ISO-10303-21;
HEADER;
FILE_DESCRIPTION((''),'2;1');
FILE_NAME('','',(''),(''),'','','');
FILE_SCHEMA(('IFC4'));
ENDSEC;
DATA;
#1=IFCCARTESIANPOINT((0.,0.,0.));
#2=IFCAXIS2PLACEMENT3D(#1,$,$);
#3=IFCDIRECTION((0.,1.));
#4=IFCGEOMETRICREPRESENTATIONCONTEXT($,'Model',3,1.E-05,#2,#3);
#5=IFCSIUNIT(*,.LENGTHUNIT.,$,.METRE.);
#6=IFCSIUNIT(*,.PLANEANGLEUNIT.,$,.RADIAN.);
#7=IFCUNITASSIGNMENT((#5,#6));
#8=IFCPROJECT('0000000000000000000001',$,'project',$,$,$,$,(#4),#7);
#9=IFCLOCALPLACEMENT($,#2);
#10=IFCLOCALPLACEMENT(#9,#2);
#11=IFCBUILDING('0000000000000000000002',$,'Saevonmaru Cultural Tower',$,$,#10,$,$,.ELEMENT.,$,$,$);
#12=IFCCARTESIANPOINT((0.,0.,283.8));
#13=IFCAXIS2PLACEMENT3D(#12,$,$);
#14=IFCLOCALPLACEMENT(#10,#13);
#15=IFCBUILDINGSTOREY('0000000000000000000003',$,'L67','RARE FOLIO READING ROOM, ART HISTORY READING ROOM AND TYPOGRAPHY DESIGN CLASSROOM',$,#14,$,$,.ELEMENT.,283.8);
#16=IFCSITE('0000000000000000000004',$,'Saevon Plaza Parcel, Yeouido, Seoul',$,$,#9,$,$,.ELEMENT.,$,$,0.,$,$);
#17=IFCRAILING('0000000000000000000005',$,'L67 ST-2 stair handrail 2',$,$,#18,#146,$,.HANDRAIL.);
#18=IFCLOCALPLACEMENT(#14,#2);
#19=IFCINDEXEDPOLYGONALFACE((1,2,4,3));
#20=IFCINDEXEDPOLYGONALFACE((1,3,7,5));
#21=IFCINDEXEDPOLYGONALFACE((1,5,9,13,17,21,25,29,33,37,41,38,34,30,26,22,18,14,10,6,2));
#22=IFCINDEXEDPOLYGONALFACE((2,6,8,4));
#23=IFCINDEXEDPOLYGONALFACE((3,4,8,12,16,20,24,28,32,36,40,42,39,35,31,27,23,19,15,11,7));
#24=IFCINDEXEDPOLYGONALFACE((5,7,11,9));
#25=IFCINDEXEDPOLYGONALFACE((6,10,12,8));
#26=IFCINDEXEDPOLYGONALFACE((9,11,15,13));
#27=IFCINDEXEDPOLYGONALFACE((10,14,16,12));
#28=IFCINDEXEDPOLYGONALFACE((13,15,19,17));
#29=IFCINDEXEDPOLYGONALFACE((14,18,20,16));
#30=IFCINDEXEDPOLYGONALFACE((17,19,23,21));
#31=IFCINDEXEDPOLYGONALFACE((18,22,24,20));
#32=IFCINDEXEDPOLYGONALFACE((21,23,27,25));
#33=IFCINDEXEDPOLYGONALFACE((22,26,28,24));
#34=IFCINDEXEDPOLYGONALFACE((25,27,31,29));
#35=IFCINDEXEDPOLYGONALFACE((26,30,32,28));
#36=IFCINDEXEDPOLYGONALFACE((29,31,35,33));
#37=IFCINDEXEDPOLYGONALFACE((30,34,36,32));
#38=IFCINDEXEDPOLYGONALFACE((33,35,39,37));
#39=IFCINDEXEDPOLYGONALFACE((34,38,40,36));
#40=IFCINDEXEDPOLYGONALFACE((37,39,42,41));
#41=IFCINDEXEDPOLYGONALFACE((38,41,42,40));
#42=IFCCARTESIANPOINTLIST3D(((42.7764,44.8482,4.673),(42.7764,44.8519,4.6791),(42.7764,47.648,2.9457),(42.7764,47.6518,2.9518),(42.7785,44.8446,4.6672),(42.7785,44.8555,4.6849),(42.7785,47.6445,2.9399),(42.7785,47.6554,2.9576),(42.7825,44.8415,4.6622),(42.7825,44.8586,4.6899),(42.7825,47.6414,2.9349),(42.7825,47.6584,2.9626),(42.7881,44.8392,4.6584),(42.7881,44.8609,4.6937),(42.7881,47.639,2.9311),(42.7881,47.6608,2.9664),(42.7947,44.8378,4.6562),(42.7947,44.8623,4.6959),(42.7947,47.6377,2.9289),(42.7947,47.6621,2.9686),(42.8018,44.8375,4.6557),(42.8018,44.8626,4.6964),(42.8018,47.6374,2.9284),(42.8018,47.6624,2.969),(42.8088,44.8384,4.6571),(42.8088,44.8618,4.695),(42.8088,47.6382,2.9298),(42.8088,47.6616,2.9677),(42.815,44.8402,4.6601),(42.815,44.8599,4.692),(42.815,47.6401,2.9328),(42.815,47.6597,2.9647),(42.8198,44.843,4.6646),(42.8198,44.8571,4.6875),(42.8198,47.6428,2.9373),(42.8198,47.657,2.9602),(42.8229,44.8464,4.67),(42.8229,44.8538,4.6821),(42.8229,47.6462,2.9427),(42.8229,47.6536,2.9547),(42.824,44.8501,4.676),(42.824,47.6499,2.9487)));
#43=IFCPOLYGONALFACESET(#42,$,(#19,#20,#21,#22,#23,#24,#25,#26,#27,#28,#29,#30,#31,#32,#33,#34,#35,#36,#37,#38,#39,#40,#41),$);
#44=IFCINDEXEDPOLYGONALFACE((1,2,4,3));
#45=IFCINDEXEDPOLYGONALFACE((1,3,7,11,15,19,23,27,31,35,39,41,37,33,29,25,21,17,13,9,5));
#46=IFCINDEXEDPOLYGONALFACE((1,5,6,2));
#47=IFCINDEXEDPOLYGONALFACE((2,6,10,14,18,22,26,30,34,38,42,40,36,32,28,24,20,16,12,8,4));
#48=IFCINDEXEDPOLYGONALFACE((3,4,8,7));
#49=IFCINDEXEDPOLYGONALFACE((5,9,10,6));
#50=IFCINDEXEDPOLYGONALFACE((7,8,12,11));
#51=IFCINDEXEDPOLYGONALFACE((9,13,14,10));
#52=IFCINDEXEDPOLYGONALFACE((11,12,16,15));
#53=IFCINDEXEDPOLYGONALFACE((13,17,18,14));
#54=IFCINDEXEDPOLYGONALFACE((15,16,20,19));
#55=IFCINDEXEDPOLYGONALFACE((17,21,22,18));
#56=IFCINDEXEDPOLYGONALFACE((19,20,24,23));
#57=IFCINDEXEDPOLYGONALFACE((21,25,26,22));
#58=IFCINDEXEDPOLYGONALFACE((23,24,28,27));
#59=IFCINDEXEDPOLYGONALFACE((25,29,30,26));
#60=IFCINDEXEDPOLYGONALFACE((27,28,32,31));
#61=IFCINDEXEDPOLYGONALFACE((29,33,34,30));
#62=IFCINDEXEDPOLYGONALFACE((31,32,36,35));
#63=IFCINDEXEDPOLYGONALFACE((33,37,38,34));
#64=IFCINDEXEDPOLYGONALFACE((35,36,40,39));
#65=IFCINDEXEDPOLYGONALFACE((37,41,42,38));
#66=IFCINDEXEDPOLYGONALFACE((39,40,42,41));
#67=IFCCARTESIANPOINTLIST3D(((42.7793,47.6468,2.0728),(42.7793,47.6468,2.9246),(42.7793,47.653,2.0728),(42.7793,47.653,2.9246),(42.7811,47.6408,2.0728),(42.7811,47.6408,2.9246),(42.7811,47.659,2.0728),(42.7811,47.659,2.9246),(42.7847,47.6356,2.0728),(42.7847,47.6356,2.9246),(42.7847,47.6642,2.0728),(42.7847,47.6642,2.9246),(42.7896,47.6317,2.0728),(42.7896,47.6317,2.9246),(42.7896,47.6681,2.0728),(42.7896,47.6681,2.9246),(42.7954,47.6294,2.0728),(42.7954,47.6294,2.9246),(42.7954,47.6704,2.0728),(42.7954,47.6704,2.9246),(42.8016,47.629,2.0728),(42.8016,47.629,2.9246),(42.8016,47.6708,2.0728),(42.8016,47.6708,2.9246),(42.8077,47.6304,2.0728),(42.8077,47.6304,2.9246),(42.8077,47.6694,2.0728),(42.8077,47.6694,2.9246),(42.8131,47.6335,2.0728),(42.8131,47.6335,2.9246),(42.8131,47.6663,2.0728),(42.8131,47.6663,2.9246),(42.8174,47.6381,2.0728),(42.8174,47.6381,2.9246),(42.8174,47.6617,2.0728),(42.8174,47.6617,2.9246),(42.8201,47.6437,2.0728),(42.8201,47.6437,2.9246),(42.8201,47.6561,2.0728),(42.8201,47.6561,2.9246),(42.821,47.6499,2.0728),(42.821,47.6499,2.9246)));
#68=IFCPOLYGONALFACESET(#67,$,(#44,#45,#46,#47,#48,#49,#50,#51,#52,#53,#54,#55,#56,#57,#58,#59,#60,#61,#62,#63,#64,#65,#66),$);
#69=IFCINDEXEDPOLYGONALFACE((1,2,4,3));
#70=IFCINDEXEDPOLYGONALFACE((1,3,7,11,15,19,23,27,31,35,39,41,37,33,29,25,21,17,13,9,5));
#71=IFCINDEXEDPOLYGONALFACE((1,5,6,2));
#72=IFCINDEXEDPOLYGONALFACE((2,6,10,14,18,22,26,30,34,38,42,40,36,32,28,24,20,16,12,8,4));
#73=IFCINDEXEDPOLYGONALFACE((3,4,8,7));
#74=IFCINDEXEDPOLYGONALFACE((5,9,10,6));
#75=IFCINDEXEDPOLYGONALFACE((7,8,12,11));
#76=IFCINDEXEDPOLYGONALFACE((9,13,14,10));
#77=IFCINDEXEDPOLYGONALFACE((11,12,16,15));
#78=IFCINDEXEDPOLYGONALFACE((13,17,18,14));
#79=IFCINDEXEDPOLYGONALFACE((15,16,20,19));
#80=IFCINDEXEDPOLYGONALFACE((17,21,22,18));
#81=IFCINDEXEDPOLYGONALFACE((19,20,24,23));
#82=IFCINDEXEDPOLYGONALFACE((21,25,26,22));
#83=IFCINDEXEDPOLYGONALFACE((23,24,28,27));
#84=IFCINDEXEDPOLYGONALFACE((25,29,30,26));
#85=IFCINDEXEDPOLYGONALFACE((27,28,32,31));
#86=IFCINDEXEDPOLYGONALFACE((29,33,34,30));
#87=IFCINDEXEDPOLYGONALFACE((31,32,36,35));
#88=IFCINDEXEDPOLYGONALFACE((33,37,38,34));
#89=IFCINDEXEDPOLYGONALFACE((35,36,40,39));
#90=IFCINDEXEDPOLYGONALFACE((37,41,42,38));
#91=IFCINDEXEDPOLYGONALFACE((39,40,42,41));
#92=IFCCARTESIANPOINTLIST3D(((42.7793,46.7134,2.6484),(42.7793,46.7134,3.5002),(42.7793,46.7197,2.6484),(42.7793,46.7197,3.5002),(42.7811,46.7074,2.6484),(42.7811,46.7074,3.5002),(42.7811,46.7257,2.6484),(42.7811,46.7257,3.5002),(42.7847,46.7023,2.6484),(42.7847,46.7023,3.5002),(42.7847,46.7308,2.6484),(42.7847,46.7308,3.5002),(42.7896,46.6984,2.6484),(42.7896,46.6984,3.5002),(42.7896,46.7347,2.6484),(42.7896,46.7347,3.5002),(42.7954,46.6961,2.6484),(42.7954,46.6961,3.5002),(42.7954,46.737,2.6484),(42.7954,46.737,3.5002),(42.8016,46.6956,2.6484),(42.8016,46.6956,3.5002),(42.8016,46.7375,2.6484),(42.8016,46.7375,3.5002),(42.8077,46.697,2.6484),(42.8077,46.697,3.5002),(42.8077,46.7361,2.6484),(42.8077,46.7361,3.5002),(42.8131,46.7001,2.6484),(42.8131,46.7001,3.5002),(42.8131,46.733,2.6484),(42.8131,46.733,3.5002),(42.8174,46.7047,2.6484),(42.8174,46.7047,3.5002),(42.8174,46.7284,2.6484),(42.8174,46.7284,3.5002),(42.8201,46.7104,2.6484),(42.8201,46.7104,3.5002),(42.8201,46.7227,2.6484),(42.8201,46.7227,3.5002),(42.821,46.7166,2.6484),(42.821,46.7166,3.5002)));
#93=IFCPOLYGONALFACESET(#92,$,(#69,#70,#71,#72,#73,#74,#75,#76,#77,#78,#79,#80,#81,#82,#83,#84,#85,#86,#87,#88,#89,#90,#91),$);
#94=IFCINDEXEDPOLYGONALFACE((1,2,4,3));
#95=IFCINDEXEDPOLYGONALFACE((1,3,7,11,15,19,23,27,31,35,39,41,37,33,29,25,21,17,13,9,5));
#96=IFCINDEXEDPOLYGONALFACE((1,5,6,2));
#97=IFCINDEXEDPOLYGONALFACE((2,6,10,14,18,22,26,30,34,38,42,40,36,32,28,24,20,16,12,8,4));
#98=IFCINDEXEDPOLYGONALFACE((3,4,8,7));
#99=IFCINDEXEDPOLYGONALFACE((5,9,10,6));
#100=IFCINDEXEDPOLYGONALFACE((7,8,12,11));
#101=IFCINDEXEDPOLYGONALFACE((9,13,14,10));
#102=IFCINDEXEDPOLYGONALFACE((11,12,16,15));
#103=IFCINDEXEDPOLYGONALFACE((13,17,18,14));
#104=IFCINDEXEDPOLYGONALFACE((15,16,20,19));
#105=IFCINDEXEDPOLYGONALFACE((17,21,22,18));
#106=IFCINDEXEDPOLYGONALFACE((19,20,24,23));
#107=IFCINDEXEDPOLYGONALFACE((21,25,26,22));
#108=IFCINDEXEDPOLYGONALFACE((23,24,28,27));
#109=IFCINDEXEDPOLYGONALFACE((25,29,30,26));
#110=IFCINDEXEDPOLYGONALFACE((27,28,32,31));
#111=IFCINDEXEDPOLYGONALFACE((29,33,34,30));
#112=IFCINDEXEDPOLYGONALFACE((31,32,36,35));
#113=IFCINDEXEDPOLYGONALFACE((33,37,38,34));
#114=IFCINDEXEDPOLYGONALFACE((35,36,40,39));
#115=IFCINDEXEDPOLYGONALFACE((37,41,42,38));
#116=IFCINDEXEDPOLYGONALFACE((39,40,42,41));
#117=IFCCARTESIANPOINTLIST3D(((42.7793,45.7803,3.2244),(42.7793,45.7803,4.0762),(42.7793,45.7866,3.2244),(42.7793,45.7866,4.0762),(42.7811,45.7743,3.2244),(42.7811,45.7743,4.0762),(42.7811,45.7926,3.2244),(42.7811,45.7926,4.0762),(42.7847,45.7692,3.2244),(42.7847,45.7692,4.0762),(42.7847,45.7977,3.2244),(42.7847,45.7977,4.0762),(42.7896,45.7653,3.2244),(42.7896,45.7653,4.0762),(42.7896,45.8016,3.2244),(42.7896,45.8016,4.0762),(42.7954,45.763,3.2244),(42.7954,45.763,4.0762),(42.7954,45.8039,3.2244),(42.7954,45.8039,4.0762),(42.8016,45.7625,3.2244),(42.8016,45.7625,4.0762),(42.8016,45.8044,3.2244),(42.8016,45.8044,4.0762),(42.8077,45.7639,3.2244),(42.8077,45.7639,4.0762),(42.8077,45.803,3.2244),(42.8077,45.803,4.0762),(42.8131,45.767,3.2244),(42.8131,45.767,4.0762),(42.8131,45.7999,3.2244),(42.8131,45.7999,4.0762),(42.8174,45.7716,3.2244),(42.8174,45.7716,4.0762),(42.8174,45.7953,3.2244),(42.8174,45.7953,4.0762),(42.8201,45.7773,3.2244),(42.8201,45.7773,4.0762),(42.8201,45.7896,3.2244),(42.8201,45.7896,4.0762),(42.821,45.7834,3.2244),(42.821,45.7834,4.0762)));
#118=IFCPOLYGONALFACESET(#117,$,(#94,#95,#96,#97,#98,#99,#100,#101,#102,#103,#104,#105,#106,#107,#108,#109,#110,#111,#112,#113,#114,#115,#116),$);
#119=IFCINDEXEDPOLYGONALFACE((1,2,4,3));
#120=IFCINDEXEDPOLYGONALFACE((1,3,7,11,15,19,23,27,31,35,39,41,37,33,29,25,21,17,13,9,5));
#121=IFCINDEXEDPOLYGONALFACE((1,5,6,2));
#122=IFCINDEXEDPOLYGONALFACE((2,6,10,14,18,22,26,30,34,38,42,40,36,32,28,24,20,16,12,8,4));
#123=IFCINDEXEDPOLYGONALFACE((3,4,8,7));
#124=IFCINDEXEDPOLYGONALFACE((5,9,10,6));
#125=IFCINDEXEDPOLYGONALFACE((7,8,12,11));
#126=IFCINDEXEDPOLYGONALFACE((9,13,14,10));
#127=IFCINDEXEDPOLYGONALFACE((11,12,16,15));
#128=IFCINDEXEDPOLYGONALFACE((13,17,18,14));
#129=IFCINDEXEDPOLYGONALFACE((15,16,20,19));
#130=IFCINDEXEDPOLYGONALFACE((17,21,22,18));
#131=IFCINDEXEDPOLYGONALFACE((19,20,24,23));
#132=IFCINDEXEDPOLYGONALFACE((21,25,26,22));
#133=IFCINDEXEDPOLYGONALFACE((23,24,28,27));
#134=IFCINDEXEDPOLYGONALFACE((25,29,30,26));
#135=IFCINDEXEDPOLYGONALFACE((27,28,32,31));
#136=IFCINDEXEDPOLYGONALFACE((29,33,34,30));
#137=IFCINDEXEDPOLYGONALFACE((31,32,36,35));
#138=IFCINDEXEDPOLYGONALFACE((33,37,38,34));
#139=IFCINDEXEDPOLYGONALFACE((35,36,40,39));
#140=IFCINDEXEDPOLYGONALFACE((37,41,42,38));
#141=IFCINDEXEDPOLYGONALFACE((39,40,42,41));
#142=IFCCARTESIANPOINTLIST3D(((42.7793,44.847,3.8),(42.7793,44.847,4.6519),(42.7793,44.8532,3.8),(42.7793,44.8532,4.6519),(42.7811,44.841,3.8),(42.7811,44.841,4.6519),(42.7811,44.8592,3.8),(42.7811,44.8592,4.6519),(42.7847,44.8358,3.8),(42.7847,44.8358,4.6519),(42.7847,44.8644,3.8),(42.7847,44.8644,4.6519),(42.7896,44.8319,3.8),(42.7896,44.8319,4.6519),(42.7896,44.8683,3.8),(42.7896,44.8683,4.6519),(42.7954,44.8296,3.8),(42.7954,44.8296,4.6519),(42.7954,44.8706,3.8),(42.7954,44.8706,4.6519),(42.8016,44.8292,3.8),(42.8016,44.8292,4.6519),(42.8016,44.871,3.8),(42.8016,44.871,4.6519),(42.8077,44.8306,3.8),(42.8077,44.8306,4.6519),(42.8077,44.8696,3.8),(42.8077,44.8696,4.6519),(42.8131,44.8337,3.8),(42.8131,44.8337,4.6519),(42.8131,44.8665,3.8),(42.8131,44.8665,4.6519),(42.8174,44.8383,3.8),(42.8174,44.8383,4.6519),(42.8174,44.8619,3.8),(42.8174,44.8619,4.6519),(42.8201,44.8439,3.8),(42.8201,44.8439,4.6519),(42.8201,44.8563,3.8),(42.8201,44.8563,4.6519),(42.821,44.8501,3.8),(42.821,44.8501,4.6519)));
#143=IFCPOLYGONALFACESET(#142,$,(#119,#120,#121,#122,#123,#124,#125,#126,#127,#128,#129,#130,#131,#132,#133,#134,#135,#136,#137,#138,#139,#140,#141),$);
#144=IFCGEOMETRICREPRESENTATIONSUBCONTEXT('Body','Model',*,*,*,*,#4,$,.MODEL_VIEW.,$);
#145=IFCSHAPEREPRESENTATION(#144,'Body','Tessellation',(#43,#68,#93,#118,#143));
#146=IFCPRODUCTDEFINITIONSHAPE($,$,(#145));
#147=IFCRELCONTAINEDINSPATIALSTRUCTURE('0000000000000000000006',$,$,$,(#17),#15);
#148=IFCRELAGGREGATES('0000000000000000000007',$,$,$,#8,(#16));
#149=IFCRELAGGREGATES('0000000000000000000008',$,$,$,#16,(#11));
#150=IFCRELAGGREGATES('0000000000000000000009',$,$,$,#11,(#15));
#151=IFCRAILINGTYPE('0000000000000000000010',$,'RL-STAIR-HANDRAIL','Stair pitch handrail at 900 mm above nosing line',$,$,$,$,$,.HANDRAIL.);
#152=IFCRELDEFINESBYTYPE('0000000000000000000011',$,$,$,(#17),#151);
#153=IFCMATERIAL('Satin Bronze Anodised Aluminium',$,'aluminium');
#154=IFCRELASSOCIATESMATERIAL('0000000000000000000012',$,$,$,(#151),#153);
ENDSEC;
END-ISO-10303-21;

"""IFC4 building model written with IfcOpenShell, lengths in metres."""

from ifc_helpers import new_model, si_unit, direction, frame, origin, origin_2d, place, context, subcontext, project, spatial, circle, extrude, material, type_object, element, save


model = new_model("IFC4")

# Units and contexts
model_context = context("Model", 3, precision=1e-05, world=origin(), true_north=direction((0.0, 1.0)))
body_context = subcontext(model_context, "Body", "Model", "MODEL_VIEW")
ifc_project = project(units=[si_unit("LENGTHUNIT", "METRE"), si_unit("PLANEANGLEUNIT", "RADIAN")], contexts=[model_context])

# Site, building, storey
site_placement = place(None, origin())
site = spatial("IfcSite", under=ifc_project, at=site_placement, Name="Saevon Plaza Parcel, Yeouido, Seoul", CompositionType="ELEMENT", RefElevation=0.0)
building_placement = place(site_placement, origin())
building = spatial("IfcBuilding", under=site, at=building_placement, Name="Saevonmaru Cultural Tower", CompositionType="ELEMENT")
storey_placement = place(building_placement, frame((0.0, 0.0, 283.8)))
storey = spatial("IfcBuildingStorey", under=building, at=storey_placement, Name="L67", Description="RARE FOLIO READING ROOM, ART HISTORY READING ROOM AND TYPOGRAPHY DESIGN CLASSROOM", CompositionType="ELEMENT", Elevation=283.8)

# Shared definitions
ifc_material_1 = material(Name="Satin Bronze Anodised Aluminium", Category="aluminium")

# Railing
railing_type_1 = type_object("IfcRailingType", Name="RL-STAIR-HANDRAIL", Description="Stair pitch handrail at 900 mm above nosing line", PredefinedType="HANDRAIL", material=ifc_material_1)
railing_1_placement = place(storey_placement, frame((42.8, 47.6499, 2.0728)))
element("IfcRailing", 1, at=railing_1_placement, inside=storey, type_object=railing_type_1, Name="L67 ST-2 stair handrail 2", PredefinedType="HANDRAIL", context=body_context, shape_type="SweptSolid", body=[
    extrude(circle(Radius=0.0239, at=origin_2d()), frame((0.0, 0.0, 0.876), z_axis=(0.0, -0.851069, 0.525054), x_axis=(1.0, 0.0, 0.0)), (0.0, 0.0, 1.0), 3.2898),
    extrude(circle(Radius=0.021, at=origin_2d()), origin(), (0.0, 0.0, 1.0), 0.8518),
    extrude(circle(Radius=0.021, at=origin_2d()), frame((0.0, -0.9333, 0.5757)), (0.0, 0.0, 1.0), 0.8518),
    extrude(circle(Radius=0.021, at=origin_2d()), frame((0.0, -1.8665, 1.1516)), (0.0, 0.0, 1.0), 0.8518),
    extrude(circle(Radius=0.021, at=origin_2d()), frame((0.0, -2.7998, 1.7273)), (0.0, 0.0, 1.0), 0.8518),
])

save(model, "model.ifc")
